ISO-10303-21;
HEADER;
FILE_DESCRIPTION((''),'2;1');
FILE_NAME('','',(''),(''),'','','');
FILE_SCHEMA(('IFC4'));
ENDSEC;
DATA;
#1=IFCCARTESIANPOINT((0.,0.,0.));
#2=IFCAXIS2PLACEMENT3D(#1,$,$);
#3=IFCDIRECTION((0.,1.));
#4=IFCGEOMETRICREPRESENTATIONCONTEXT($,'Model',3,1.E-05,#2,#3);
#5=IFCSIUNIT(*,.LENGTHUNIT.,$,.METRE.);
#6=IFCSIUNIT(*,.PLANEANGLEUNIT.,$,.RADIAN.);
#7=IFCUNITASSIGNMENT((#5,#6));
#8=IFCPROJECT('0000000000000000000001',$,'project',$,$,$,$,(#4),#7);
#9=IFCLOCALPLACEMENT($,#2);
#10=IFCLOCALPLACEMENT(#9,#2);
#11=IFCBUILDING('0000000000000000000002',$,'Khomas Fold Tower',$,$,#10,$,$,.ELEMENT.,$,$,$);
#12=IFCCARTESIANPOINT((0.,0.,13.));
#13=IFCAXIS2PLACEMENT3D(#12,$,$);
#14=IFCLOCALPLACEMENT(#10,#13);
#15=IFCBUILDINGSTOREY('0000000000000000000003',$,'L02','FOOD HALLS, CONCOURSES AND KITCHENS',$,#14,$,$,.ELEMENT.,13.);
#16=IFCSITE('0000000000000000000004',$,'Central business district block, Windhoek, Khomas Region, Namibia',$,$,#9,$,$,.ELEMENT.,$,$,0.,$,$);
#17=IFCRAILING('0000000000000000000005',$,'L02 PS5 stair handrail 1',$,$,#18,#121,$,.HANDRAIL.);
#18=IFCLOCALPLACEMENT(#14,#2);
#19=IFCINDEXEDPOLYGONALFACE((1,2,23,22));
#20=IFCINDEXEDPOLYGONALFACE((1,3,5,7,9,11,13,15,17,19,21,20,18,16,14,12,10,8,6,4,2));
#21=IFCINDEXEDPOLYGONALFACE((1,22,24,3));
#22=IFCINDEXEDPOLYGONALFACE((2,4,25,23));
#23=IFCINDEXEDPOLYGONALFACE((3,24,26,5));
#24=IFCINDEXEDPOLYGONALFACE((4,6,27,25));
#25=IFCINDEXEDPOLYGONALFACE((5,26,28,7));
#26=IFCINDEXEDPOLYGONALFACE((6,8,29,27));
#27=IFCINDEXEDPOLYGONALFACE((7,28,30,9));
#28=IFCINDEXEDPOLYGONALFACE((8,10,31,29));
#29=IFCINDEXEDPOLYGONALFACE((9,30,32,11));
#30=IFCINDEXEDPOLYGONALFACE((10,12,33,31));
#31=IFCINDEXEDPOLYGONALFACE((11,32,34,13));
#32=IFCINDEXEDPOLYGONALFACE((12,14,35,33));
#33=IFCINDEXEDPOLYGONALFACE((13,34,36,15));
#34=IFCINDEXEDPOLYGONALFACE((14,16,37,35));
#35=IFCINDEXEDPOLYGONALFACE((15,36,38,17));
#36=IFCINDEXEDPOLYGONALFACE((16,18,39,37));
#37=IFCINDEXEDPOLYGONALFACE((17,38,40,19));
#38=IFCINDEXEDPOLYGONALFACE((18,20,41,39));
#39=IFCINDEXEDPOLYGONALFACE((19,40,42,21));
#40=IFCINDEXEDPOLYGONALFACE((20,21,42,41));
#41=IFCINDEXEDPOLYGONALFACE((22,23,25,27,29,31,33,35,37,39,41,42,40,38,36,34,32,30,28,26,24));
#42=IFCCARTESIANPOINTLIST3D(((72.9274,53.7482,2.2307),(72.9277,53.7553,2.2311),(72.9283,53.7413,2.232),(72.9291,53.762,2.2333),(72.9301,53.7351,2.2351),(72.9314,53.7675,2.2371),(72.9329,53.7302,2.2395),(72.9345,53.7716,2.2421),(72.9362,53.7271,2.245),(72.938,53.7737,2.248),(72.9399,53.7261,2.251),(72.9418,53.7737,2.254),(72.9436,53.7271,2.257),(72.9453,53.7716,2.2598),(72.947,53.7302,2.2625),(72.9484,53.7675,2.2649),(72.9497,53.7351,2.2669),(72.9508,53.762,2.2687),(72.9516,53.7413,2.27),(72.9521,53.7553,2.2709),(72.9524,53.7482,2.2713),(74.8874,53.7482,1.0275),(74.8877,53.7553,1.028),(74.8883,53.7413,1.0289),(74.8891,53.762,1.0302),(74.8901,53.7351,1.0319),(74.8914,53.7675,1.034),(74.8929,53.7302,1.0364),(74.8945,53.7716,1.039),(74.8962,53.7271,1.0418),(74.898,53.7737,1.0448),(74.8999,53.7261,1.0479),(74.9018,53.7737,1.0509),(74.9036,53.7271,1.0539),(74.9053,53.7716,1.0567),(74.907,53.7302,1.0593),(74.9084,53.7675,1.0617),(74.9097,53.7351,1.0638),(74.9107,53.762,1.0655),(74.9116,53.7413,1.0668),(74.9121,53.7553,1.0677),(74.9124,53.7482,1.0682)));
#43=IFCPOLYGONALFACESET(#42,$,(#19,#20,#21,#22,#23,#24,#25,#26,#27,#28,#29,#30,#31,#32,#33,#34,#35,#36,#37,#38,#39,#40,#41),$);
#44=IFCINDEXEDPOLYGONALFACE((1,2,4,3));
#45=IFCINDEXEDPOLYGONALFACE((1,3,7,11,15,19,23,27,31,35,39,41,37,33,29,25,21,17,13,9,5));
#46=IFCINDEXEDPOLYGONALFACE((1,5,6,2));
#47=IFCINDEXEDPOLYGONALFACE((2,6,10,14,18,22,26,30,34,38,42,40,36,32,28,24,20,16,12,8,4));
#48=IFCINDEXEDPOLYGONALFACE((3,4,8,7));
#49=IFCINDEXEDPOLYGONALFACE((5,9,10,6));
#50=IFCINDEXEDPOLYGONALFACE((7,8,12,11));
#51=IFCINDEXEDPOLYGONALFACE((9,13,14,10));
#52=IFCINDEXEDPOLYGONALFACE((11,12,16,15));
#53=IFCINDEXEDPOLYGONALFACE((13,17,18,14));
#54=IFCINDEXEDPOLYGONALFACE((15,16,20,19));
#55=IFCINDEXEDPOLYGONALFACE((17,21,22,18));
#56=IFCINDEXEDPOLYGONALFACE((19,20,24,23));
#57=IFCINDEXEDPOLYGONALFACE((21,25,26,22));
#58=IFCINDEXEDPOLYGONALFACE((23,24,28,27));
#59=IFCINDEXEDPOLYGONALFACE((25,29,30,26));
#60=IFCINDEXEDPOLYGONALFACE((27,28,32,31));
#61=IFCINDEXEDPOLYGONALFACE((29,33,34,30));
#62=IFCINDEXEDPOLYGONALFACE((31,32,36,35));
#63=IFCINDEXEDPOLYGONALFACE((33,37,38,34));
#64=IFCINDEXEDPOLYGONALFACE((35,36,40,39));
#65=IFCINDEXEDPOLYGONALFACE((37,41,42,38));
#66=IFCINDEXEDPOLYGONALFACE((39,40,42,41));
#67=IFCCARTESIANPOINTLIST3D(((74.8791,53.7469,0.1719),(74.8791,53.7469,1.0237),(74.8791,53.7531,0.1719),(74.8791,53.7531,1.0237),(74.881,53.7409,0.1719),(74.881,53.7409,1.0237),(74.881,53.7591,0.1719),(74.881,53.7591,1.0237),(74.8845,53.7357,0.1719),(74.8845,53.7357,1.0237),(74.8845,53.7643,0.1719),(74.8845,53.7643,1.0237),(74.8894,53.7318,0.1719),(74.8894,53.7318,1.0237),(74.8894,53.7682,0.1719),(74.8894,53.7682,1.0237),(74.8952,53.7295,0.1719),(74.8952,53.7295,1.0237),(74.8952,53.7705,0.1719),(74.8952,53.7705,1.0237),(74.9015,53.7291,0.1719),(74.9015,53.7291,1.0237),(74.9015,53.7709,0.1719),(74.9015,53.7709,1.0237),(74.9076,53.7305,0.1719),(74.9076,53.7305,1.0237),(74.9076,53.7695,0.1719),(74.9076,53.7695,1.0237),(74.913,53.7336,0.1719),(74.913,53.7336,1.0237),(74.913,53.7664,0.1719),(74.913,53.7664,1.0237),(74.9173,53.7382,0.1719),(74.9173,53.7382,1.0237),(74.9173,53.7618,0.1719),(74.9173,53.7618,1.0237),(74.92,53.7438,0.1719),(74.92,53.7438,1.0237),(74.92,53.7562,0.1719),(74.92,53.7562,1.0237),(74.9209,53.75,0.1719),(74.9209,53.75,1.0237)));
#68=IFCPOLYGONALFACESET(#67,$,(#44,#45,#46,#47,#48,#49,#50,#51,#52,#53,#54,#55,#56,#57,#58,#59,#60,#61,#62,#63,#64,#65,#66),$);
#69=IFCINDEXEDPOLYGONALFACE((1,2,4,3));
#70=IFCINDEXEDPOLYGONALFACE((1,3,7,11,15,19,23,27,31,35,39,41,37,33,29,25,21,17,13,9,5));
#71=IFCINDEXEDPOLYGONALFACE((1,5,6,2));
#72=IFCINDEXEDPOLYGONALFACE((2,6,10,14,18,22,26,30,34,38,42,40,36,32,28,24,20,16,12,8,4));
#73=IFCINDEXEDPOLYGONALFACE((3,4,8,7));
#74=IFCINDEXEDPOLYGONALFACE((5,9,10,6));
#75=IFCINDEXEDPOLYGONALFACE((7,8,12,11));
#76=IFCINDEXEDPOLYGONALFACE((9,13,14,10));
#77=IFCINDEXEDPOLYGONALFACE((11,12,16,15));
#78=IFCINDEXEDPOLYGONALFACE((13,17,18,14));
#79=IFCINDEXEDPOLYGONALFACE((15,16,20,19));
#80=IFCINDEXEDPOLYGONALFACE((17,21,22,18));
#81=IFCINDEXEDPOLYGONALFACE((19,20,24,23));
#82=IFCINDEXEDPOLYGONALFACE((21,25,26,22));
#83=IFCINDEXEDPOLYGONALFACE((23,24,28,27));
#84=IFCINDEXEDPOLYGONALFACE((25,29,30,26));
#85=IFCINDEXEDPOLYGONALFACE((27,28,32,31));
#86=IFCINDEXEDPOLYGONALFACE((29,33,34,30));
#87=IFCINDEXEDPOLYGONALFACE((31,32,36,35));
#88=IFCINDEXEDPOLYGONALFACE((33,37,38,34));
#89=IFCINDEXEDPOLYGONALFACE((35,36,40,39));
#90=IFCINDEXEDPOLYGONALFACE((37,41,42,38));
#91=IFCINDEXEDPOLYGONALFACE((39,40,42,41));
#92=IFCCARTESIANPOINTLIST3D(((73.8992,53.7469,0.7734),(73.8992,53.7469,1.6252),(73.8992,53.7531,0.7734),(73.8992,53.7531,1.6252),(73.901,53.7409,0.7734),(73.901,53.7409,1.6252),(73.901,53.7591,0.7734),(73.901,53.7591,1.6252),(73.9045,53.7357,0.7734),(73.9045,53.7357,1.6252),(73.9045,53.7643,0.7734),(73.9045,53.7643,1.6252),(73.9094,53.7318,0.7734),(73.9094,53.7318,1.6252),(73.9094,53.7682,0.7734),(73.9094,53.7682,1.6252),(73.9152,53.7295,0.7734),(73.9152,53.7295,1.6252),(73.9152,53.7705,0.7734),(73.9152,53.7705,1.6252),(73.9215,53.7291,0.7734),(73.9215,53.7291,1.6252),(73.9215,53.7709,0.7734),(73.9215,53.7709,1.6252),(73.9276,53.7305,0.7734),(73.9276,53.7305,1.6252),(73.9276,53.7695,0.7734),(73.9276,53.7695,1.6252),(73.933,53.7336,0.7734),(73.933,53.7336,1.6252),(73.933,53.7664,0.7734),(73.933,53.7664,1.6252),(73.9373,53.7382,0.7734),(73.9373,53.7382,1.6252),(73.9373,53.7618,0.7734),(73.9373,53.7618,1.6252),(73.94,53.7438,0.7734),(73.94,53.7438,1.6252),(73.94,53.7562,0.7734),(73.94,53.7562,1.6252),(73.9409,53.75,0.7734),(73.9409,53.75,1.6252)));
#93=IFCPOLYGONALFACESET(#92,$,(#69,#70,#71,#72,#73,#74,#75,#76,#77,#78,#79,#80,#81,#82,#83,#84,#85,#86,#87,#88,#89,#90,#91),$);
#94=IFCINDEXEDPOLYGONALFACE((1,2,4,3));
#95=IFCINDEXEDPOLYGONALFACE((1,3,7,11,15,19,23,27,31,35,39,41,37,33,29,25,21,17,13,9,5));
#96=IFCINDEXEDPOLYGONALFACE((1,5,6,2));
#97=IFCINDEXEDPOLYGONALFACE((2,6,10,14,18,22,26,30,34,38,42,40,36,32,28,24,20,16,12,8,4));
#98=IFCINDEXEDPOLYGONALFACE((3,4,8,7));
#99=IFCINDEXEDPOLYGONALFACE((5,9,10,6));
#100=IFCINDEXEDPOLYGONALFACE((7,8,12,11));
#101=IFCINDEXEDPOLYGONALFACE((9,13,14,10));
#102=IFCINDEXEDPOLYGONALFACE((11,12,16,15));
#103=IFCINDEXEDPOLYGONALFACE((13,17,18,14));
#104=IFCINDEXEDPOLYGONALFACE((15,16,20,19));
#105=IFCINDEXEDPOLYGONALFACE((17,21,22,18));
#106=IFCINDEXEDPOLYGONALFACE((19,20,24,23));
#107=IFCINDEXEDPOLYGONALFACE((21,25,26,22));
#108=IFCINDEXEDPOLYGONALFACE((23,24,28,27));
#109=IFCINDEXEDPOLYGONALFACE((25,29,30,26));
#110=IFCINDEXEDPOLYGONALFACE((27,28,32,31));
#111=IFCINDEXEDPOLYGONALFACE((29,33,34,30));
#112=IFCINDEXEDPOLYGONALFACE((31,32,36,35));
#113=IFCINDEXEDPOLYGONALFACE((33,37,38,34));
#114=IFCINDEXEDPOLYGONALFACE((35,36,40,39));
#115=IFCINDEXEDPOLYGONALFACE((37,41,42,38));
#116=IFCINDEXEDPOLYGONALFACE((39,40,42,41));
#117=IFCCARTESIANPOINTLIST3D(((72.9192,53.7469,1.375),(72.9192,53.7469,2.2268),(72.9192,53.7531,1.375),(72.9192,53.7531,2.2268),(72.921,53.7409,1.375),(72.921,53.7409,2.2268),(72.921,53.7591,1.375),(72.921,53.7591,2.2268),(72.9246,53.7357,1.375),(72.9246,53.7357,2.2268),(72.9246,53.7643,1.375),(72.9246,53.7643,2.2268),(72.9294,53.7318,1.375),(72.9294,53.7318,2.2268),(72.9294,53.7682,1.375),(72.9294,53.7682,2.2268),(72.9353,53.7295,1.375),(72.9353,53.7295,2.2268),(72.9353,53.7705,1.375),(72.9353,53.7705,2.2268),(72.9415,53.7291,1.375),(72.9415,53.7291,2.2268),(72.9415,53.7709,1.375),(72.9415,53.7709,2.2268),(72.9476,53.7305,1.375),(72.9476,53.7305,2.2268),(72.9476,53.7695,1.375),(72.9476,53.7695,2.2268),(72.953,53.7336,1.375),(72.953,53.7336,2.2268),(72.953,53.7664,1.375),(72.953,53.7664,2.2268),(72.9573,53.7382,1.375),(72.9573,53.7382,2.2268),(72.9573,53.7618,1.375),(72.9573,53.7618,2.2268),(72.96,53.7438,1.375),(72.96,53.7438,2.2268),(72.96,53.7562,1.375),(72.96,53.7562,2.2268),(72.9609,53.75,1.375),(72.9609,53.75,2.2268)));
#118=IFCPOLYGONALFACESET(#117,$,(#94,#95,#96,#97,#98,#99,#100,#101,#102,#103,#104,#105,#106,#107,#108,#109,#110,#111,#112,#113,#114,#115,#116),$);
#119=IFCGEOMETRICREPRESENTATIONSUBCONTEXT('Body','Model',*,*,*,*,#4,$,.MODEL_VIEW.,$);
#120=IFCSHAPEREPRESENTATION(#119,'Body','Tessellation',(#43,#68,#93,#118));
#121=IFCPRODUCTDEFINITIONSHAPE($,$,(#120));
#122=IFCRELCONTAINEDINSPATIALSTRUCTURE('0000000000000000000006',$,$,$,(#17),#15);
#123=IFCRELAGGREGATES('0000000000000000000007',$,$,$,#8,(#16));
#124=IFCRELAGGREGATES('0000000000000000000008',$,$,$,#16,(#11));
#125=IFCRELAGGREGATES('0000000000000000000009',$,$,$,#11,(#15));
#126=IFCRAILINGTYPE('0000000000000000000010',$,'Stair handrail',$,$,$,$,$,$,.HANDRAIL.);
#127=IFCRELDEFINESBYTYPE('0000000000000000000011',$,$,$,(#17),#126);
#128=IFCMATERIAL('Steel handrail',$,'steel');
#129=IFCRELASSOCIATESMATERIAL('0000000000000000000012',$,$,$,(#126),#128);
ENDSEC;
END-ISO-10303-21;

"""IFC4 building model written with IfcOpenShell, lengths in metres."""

from ifc_helpers import new_model, si_unit, direction, frame, origin, origin_2d, place, context, subcontext, project, spatial, circle, extrude, source, transform, mapped, material, type_object, element, save


model = new_model("IFC4")

# Units and contexts
model_context = context("Model", 3, precision=1e-05, world=origin(), true_north=direction((0.0, 1.0)))
body_context = subcontext(model_context, "Body", "Model", "MODEL_VIEW")
ifc_project = project(units=[si_unit("LENGTHUNIT", "METRE"), si_unit("PLANEANGLEUNIT", "RADIAN")], contexts=[model_context])

# Site, building, storey
site_placement = place(None, origin())
site = spatial("IfcSite", under=ifc_project, at=site_placement, Name="Central business district block, Windhoek, Khomas Region, Namibia", CompositionType="ELEMENT", RefElevation=0.0)
building_placement = place(site_placement, origin())
building = spatial("IfcBuilding", under=site, at=building_placement, Name="Khomas Fold Tower", CompositionType="ELEMENT")
storey_placement = place(building_placement, frame((0.0, 0.0, 13.0)))
storey = spatial("IfcBuildingStorey", under=building, at=storey_placement, Name="L02", Description="FOOD HALLS, CONCOURSES AND KITCHENS", CompositionType="ELEMENT", Elevation=13.0)

# Railing
ifc_material_1 = material(Name="Steel handrail", Category="steel")
railing_type_1 = type_object("IfcRailingType", Name="Stair handrail", PredefinedType="HANDRAIL", material=ifc_material_1)
shared_shape_1 = source(origin(), body_context, "Body", "SweptSolid", [
    extrude(circle(Radius=0.0239, at=origin_2d()), frame((0.0, 0.0, 0.876), z_axis=(-0.852241, 0.0, 0.523149), x_axis=(0.0, -1.0, 0.0)), (0.0, 0.0, 1.0), 2.2998),
    extrude(circle(Radius=0.021, at=origin_2d()), origin(), (0.0, 0.0, 1.0), 0.8518),
    extrude(circle(Radius=0.021, at=origin_2d()), frame((-0.98, 0.0, 0.6016)), (0.0, 0.0, 1.0), 0.8518),
    extrude(circle(Radius=0.021, at=origin_2d()), frame((-1.96, 0.0, 1.2031)), (0.0, 0.0, 1.0), 0.8518),
])
for number, where, name in (
    (1, (74.8999, 53.75, 0.1719), "L02 PS5 stair handrail 1"),
):
    element("IfcRailing", number, at=place(storey_placement, frame(where)), inside=storey, type_object=railing_type_1, Name=name, PredefinedType="HANDRAIL", context=body_context, shape_type="MappedRepresentation", body=[
        mapped(shared_shape_1, transform((0.0, 0.0, 0.0))),
    ])

save(model, "model.ifc")
